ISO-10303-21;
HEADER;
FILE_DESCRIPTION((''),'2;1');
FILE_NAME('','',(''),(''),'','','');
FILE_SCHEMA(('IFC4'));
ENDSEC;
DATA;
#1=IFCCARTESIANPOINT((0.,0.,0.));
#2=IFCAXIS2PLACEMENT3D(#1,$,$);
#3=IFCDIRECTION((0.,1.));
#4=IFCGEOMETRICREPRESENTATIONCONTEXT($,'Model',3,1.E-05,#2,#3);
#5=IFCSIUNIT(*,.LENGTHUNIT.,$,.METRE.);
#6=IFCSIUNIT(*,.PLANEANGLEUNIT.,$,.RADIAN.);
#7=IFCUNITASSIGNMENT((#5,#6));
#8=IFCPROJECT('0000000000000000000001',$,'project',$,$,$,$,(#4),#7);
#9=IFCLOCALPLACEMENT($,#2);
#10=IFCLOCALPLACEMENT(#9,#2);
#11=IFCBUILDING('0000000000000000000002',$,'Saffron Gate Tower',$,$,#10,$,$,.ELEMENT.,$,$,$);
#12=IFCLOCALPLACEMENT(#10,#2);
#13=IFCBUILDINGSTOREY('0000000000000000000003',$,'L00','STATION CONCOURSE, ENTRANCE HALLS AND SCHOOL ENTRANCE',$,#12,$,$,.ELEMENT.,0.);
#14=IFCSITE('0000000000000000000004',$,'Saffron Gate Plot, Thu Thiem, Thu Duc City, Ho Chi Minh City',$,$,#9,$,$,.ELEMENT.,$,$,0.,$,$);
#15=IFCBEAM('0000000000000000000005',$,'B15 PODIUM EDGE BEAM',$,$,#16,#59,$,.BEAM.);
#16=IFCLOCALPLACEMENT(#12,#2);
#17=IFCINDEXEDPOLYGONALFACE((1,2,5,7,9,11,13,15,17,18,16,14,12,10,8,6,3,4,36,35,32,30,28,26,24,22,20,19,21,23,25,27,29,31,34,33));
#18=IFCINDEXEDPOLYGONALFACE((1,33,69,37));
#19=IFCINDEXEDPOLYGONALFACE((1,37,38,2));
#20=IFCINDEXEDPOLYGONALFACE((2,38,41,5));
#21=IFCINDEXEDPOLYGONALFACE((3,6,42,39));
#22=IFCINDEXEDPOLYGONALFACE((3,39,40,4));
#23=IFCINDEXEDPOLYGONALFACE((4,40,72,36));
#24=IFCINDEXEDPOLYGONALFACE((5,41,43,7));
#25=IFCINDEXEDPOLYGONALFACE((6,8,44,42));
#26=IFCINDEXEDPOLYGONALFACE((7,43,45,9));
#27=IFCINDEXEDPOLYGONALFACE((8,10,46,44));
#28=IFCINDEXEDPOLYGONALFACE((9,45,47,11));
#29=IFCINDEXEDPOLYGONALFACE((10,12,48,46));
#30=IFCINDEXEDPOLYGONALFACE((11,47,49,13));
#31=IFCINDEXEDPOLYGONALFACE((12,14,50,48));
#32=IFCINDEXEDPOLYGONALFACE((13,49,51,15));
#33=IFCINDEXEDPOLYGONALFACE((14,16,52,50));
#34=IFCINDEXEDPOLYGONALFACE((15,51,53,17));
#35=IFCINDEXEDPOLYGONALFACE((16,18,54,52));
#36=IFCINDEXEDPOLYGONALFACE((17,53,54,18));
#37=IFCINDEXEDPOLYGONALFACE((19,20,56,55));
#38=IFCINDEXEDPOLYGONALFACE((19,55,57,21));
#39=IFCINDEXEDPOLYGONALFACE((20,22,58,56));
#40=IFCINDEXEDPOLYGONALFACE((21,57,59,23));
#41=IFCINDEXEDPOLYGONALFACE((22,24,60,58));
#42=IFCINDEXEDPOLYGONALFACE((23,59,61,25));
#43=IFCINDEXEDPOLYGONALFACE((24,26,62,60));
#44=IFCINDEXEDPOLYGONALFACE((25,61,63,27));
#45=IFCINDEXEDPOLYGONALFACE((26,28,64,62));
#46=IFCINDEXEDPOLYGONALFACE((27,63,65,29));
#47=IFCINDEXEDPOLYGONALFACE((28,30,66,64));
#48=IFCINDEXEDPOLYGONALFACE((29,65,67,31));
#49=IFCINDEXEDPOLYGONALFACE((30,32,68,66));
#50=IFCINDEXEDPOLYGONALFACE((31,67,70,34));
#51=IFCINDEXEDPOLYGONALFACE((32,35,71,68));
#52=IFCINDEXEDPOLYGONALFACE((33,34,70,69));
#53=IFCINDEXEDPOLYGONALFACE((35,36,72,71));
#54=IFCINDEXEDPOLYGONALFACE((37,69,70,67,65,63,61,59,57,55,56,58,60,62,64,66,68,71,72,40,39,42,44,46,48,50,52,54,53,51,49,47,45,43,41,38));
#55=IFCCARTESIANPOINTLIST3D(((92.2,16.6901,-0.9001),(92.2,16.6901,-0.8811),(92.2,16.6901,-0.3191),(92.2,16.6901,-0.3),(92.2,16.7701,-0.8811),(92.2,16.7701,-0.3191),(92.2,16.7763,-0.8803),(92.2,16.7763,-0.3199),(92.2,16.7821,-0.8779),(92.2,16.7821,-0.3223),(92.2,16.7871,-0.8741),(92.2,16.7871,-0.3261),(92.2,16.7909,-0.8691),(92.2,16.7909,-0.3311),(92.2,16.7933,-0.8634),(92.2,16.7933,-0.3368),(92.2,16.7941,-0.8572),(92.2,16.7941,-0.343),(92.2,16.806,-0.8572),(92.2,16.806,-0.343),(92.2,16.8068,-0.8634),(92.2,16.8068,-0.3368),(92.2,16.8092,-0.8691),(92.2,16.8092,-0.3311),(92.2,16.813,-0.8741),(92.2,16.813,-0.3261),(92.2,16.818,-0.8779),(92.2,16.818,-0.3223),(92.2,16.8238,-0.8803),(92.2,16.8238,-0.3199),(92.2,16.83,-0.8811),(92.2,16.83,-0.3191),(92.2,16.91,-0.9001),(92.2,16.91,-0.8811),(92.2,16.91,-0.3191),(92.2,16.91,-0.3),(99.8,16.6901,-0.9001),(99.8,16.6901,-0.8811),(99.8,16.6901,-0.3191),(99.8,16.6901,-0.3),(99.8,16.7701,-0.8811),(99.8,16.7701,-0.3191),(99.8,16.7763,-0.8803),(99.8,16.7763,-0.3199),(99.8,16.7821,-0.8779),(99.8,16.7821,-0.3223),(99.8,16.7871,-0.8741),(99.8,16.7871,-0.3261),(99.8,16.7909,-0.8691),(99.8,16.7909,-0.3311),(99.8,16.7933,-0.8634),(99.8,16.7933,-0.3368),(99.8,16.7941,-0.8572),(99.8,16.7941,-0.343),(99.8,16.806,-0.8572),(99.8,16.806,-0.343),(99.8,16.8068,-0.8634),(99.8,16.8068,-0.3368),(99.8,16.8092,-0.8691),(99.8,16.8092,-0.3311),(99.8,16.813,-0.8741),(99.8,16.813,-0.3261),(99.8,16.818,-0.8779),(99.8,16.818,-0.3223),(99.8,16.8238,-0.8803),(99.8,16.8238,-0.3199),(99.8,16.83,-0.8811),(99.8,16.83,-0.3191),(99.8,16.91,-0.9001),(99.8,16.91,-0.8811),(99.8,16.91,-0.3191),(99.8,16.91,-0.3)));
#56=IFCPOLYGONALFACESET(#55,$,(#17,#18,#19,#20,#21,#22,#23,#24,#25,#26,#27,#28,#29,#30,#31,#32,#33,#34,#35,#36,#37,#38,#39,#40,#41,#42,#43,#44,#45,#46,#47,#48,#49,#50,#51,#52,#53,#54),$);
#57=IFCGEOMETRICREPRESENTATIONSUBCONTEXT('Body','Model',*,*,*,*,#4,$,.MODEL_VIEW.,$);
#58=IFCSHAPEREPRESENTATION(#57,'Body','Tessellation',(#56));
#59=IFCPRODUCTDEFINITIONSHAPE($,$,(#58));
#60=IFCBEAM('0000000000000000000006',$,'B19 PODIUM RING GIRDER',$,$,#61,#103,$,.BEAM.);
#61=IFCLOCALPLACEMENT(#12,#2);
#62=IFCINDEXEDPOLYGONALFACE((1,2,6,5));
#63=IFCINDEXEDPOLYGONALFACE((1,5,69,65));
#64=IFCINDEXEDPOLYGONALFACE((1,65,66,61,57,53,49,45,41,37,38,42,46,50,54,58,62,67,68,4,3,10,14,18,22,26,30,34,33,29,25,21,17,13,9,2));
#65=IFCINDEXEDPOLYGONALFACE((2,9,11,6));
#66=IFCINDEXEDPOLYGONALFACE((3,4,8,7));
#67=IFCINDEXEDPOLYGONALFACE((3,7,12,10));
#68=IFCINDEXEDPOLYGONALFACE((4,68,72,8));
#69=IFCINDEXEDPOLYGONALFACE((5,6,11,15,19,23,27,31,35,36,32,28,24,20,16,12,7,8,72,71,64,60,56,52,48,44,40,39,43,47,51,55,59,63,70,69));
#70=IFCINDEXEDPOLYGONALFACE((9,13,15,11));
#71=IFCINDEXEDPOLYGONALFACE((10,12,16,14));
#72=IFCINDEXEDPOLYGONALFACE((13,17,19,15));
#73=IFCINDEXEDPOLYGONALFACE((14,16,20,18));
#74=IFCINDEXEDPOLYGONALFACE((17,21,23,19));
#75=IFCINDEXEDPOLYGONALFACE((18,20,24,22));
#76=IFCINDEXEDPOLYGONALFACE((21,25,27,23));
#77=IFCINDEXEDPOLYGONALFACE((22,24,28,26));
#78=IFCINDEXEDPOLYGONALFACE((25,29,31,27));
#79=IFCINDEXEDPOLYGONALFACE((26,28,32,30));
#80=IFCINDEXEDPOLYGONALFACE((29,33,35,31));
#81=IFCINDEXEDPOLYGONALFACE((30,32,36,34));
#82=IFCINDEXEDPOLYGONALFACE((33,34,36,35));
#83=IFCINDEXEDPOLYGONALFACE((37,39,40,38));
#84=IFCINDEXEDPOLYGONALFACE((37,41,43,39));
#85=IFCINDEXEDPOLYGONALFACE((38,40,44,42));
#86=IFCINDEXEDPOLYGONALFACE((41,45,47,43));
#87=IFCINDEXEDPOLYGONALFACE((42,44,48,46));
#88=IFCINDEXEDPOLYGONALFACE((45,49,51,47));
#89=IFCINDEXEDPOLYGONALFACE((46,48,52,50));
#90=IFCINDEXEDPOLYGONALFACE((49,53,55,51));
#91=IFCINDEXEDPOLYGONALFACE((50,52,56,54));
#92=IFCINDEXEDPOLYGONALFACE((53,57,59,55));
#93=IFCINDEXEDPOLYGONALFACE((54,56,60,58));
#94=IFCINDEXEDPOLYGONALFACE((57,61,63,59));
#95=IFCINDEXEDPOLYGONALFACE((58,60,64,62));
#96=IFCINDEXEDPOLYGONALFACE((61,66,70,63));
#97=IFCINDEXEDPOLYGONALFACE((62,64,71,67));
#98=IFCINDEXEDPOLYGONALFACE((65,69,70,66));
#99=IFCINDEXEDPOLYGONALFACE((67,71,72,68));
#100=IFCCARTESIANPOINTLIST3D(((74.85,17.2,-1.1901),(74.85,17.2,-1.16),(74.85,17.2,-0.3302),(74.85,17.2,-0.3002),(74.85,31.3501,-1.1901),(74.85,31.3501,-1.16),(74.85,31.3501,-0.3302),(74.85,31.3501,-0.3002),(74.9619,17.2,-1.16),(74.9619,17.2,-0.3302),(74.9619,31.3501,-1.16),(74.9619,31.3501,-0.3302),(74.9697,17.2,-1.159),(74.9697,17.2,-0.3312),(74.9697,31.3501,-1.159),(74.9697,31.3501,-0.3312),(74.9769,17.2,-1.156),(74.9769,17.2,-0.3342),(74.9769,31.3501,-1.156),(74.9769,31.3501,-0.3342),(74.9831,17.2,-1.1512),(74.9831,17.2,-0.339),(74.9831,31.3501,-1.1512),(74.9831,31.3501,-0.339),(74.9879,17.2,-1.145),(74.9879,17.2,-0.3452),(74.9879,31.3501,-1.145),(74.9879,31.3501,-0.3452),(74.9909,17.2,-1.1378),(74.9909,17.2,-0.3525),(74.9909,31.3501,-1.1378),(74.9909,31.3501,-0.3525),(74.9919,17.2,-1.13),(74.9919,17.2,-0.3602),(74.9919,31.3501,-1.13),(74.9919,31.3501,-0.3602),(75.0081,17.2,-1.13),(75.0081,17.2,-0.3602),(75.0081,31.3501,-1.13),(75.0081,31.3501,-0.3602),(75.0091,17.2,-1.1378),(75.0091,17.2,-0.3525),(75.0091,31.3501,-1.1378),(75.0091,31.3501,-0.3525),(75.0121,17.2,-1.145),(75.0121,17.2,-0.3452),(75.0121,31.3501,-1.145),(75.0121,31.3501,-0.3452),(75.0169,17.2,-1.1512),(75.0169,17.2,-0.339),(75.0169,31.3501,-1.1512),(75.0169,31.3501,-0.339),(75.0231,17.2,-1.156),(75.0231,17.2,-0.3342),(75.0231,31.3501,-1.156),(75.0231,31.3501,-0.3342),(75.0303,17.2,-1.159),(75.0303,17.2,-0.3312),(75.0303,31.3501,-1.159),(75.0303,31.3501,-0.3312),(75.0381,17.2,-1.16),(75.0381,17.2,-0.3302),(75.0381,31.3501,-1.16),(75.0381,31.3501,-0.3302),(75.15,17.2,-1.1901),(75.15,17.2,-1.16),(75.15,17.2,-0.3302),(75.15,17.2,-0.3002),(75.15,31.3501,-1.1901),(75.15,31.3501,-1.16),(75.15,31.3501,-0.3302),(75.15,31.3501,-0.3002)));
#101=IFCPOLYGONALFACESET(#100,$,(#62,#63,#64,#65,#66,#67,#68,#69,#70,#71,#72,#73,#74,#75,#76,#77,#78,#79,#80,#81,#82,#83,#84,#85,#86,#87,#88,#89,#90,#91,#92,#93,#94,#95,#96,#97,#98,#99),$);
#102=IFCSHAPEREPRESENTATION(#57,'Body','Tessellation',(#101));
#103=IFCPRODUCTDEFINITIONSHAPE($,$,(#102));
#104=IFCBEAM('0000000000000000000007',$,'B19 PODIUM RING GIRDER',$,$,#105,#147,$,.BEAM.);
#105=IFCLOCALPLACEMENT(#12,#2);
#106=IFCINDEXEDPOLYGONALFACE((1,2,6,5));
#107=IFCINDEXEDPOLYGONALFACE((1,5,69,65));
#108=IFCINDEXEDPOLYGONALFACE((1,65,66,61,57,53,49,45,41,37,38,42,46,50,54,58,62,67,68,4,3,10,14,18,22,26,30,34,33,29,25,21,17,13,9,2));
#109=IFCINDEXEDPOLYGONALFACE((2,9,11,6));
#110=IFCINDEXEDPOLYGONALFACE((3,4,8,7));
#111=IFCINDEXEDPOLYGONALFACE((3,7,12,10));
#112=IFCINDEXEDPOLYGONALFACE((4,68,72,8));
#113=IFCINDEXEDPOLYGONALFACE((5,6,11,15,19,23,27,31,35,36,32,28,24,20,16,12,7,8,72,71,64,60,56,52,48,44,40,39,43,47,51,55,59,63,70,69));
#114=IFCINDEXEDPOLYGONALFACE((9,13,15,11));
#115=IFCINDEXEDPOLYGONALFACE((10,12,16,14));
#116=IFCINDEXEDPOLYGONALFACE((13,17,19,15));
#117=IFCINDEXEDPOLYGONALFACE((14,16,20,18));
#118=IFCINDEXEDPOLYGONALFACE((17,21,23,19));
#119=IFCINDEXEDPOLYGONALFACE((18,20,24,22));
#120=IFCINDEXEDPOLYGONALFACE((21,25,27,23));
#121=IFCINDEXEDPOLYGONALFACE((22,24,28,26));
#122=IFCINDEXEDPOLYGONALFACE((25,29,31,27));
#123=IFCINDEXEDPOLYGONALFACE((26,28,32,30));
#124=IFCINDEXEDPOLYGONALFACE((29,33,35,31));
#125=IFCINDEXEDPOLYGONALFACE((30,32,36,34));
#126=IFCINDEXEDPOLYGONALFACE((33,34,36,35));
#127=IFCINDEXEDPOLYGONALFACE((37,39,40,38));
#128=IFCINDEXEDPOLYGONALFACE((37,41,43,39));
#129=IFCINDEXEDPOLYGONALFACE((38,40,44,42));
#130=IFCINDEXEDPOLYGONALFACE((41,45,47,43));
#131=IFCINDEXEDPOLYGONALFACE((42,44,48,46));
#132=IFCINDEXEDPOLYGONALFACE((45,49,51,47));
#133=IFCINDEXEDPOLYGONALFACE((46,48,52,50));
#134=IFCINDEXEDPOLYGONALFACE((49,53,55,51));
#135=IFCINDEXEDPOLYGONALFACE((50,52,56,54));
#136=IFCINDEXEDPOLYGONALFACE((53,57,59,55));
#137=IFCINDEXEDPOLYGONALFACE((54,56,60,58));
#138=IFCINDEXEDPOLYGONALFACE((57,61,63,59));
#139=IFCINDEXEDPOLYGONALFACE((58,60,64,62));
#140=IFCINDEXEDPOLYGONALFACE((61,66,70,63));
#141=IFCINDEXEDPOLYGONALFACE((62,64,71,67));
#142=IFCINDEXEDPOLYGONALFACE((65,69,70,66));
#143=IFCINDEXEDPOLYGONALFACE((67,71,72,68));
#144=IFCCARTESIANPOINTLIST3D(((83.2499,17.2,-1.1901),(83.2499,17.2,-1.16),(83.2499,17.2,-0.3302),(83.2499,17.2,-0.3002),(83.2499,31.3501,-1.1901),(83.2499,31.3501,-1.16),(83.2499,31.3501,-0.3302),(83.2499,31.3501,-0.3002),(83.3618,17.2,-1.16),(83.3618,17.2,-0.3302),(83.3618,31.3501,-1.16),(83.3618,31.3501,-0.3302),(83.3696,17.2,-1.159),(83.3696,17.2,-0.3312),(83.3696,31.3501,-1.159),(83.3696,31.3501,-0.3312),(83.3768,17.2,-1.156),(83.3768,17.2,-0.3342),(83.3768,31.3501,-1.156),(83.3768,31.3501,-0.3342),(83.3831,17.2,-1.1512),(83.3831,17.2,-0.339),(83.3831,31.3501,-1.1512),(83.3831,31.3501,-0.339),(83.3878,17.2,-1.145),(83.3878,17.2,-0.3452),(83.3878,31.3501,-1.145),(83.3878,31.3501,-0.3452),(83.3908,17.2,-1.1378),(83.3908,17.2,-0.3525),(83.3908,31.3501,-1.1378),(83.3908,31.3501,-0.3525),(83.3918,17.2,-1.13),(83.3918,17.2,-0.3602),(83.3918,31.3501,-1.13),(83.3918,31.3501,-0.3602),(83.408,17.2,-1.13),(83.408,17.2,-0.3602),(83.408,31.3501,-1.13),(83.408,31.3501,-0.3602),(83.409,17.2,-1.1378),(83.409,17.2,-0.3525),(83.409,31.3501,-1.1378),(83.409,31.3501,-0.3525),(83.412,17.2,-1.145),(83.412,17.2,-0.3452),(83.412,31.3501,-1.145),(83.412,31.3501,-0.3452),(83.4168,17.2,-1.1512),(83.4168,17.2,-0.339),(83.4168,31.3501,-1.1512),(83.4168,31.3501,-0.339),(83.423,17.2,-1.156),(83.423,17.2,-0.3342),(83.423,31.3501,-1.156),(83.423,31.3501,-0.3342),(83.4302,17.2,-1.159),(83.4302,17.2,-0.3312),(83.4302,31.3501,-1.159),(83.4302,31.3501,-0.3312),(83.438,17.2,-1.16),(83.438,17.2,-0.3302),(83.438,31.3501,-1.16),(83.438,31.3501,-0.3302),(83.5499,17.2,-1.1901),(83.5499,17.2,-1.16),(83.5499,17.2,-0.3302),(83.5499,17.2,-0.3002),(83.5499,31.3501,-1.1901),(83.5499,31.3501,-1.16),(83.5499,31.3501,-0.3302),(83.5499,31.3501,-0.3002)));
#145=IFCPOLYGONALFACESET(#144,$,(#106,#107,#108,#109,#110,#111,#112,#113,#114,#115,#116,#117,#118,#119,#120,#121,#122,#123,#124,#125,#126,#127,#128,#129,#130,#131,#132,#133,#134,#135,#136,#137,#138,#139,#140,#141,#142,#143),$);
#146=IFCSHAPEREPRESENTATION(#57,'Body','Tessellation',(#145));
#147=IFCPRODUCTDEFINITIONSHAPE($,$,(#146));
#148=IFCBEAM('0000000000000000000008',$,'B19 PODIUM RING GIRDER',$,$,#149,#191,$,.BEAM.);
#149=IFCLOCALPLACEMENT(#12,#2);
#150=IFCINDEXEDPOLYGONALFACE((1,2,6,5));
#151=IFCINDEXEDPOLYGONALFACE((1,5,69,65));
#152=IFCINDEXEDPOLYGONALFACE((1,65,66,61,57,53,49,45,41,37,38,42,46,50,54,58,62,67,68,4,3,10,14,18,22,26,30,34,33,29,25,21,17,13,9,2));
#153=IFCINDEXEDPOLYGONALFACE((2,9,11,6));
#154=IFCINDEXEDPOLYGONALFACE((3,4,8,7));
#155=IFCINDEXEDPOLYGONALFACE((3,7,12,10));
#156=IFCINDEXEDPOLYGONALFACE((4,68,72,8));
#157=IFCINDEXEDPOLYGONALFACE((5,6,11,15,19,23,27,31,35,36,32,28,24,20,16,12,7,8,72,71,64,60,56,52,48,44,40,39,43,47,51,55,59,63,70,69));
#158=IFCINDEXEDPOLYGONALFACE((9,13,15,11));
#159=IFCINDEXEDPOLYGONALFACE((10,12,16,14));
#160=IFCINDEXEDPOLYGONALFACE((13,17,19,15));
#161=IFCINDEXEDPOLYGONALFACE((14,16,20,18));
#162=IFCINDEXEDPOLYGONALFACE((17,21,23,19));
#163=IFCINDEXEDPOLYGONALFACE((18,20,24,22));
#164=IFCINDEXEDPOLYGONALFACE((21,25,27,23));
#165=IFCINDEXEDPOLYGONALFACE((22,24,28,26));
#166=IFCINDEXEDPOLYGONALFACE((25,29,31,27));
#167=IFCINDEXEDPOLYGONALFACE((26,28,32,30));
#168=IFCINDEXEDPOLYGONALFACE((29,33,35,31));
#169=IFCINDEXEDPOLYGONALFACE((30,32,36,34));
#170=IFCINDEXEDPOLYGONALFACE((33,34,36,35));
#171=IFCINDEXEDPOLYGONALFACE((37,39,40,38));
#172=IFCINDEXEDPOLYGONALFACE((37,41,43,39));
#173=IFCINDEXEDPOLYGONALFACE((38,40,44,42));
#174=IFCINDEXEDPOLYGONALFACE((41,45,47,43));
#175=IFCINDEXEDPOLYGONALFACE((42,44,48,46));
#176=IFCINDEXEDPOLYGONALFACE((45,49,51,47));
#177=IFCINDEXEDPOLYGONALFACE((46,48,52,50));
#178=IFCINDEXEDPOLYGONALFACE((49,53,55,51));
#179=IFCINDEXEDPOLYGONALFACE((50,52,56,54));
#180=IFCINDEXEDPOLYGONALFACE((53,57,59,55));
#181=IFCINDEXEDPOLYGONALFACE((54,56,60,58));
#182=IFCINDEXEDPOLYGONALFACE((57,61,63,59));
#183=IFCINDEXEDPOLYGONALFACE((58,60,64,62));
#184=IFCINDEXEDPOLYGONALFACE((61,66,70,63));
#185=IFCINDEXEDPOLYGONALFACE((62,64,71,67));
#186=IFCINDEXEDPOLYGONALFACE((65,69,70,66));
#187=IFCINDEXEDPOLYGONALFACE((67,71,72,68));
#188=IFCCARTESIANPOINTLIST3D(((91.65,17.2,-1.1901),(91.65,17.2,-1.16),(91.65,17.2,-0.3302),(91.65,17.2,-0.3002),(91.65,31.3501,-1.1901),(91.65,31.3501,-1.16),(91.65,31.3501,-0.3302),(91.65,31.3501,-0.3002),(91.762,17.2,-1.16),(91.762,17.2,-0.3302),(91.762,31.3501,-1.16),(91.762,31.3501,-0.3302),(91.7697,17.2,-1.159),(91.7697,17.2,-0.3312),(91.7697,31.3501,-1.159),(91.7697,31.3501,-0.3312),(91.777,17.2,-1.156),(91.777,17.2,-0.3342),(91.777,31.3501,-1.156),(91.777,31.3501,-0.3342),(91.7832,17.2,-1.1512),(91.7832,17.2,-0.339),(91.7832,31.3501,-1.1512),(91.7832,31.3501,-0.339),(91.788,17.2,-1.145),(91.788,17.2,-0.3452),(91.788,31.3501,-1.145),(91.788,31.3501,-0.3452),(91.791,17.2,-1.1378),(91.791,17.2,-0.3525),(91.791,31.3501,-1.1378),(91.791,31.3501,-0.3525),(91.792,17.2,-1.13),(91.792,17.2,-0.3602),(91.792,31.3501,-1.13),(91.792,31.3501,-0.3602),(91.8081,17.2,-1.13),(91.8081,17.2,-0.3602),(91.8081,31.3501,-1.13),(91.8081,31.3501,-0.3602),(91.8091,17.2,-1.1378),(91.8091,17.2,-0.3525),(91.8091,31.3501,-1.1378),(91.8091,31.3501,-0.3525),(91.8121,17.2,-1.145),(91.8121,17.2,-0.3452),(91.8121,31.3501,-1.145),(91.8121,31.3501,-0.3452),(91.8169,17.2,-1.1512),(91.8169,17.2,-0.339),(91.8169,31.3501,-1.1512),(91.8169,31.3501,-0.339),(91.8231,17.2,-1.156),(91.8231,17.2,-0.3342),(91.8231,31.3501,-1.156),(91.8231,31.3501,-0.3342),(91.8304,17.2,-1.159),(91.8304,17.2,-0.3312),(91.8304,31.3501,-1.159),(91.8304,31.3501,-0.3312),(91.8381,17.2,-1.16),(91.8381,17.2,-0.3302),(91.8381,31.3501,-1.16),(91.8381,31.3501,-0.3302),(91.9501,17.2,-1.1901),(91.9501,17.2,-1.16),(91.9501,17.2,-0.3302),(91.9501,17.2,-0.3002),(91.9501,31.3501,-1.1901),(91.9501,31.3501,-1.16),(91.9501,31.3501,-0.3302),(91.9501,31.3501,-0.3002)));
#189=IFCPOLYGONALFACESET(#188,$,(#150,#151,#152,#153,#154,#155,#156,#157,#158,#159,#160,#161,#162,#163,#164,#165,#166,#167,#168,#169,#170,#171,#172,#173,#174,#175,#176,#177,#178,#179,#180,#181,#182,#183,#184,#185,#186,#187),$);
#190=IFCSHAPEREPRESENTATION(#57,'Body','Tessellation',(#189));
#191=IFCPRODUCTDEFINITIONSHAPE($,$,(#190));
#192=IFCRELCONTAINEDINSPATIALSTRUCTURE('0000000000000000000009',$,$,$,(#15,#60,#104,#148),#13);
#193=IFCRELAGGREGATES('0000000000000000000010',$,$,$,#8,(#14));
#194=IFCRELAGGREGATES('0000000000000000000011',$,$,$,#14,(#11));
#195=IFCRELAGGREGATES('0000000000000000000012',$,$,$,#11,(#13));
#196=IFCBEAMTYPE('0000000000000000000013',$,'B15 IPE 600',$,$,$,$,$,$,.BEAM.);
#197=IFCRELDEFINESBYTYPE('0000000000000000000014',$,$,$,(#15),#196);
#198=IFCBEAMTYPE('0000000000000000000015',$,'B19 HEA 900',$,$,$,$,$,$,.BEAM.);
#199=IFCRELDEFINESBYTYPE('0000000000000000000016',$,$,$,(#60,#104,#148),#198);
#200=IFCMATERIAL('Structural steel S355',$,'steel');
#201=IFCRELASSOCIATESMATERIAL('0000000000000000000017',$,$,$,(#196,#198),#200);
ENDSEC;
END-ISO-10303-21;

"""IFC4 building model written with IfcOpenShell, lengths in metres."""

from ifc_helpers import new_model, si_unit, direction, frame, origin, origin_2d, place, context, subcontext, project, spatial, i_section, extrude, material, material_profile, profile_set, type_object, element, save


model = new_model("IFC4")

# Units and contexts
model_context = context("Model", 3, precision=1e-05, world=origin(), true_north=direction((0.0, 1.0)))
body_context = subcontext(model_context, "Body", "Model", "MODEL_VIEW")
ifc_project = project(units=[si_unit("LENGTHUNIT", "METRE"), si_unit("PLANEANGLEUNIT", "RADIAN")], contexts=[model_context])

# Site, building, storey
site_placement = place(None, origin())
site = spatial("IfcSite", under=ifc_project, at=site_placement, Name="Saffron Gate Plot, Thu Thiem, Thu Duc City, Ho Chi Minh City", CompositionType="ELEMENT", RefElevation=0.0)
building_placement = place(site_placement, origin())
building = spatial("IfcBuilding", under=site, at=building_placement, Name="Saffron Gate Tower", CompositionType="ELEMENT")
storey_placement = place(building_placement, origin())
storey = spatial("IfcBuildingStorey", under=building, at=storey_placement, Name="L00", Description="STATION CONCOURSE, ENTRANCE HALLS AND SCHOOL ENTRANCE", CompositionType="ELEMENT", Elevation=0.0)

# Beams
ifc_material_1 = material(Name="Structural steel S355", Category="steel")
ifc_material_profile_1 = material_profile(ifc_material_1, i_section(OverallWidth=0.22, OverallDepth=0.6001, WebThickness=0.012, FlangeThickness=0.019, FilletRadius=0.0239, at=origin_2d()))
ifc_profile_set_1 = profile_set([ifc_material_profile_1], Name="Structural steel S355")
beam_type_1 = type_object("IfcBeamType", Name="B15 IPE 600", PredefinedType="BEAM", material=ifc_profile_set_1)
beam_1_placement = place(storey_placement, frame((92.2, 16.8, -0.6001), z_axis=(1.0, 0.0, 0.0), x_axis=(0.0, 1.0, 0.0)))
element("IfcBeam", 1, at=beam_1_placement, inside=storey, type_object=beam_type_1, Name="B15 PODIUM EDGE BEAM", PredefinedType="BEAM", context=body_context, shape_type="SweptSolid", body=[
    extrude(i_section(OverallWidth=0.22, OverallDepth=0.6001, WebThickness=0.012, FlangeThickness=0.019, FilletRadius=0.0239, at=origin_2d()), origin(), (0.0, 0.0, 1.0), 7.6001),
])
ifc_material_profile_2 = material_profile(ifc_material_1, i_section(OverallWidth=0.3, OverallDepth=0.8899, WebThickness=0.0161, FlangeThickness=0.03, FilletRadius=0.03, at=origin_2d()))
ifc_profile_set_2 = profile_set([ifc_material_profile_2], Name="Structural steel S355")
beam_type_2 = type_object("IfcBeamType", Name="B19 HEA 900", PredefinedType="BEAM", material=ifc_profile_set_2)
for number, where, z_axis, x_axis, name in (
    (2, (75.0, 17.2, -0.7451), (0.0, 1.0, 0.0), (-1.0, 0.0, 0.0), "B19 PODIUM RING GIRDER"),
    (3, (83.3999, 17.2, -0.7451), (0.0, 1.0, 0.0), (-1.0, 0.0, 0.0), "B19 PODIUM RING GIRDER"),
    (4, (91.8, 17.2, -0.7451), (0.0, 1.0, 0.0), (-1.0, 0.0, 0.0), "B19 PODIUM RING GIRDER"),
):
    element("IfcBeam", number, at=place(storey_placement, frame(where, z_axis=z_axis, x_axis=x_axis)), inside=storey, type_object=beam_type_2, Name=name, PredefinedType="BEAM", context=body_context, shape_type="SweptSolid", body=[
        extrude(i_section(OverallWidth=0.3, OverallDepth=0.8899, WebThickness=0.0161, FlangeThickness=0.03, FilletRadius=0.03, at=origin_2d()), origin(), (0.0, 0.0, 1.0), 14.1501),
    ])

save(model, "model.ifc")
